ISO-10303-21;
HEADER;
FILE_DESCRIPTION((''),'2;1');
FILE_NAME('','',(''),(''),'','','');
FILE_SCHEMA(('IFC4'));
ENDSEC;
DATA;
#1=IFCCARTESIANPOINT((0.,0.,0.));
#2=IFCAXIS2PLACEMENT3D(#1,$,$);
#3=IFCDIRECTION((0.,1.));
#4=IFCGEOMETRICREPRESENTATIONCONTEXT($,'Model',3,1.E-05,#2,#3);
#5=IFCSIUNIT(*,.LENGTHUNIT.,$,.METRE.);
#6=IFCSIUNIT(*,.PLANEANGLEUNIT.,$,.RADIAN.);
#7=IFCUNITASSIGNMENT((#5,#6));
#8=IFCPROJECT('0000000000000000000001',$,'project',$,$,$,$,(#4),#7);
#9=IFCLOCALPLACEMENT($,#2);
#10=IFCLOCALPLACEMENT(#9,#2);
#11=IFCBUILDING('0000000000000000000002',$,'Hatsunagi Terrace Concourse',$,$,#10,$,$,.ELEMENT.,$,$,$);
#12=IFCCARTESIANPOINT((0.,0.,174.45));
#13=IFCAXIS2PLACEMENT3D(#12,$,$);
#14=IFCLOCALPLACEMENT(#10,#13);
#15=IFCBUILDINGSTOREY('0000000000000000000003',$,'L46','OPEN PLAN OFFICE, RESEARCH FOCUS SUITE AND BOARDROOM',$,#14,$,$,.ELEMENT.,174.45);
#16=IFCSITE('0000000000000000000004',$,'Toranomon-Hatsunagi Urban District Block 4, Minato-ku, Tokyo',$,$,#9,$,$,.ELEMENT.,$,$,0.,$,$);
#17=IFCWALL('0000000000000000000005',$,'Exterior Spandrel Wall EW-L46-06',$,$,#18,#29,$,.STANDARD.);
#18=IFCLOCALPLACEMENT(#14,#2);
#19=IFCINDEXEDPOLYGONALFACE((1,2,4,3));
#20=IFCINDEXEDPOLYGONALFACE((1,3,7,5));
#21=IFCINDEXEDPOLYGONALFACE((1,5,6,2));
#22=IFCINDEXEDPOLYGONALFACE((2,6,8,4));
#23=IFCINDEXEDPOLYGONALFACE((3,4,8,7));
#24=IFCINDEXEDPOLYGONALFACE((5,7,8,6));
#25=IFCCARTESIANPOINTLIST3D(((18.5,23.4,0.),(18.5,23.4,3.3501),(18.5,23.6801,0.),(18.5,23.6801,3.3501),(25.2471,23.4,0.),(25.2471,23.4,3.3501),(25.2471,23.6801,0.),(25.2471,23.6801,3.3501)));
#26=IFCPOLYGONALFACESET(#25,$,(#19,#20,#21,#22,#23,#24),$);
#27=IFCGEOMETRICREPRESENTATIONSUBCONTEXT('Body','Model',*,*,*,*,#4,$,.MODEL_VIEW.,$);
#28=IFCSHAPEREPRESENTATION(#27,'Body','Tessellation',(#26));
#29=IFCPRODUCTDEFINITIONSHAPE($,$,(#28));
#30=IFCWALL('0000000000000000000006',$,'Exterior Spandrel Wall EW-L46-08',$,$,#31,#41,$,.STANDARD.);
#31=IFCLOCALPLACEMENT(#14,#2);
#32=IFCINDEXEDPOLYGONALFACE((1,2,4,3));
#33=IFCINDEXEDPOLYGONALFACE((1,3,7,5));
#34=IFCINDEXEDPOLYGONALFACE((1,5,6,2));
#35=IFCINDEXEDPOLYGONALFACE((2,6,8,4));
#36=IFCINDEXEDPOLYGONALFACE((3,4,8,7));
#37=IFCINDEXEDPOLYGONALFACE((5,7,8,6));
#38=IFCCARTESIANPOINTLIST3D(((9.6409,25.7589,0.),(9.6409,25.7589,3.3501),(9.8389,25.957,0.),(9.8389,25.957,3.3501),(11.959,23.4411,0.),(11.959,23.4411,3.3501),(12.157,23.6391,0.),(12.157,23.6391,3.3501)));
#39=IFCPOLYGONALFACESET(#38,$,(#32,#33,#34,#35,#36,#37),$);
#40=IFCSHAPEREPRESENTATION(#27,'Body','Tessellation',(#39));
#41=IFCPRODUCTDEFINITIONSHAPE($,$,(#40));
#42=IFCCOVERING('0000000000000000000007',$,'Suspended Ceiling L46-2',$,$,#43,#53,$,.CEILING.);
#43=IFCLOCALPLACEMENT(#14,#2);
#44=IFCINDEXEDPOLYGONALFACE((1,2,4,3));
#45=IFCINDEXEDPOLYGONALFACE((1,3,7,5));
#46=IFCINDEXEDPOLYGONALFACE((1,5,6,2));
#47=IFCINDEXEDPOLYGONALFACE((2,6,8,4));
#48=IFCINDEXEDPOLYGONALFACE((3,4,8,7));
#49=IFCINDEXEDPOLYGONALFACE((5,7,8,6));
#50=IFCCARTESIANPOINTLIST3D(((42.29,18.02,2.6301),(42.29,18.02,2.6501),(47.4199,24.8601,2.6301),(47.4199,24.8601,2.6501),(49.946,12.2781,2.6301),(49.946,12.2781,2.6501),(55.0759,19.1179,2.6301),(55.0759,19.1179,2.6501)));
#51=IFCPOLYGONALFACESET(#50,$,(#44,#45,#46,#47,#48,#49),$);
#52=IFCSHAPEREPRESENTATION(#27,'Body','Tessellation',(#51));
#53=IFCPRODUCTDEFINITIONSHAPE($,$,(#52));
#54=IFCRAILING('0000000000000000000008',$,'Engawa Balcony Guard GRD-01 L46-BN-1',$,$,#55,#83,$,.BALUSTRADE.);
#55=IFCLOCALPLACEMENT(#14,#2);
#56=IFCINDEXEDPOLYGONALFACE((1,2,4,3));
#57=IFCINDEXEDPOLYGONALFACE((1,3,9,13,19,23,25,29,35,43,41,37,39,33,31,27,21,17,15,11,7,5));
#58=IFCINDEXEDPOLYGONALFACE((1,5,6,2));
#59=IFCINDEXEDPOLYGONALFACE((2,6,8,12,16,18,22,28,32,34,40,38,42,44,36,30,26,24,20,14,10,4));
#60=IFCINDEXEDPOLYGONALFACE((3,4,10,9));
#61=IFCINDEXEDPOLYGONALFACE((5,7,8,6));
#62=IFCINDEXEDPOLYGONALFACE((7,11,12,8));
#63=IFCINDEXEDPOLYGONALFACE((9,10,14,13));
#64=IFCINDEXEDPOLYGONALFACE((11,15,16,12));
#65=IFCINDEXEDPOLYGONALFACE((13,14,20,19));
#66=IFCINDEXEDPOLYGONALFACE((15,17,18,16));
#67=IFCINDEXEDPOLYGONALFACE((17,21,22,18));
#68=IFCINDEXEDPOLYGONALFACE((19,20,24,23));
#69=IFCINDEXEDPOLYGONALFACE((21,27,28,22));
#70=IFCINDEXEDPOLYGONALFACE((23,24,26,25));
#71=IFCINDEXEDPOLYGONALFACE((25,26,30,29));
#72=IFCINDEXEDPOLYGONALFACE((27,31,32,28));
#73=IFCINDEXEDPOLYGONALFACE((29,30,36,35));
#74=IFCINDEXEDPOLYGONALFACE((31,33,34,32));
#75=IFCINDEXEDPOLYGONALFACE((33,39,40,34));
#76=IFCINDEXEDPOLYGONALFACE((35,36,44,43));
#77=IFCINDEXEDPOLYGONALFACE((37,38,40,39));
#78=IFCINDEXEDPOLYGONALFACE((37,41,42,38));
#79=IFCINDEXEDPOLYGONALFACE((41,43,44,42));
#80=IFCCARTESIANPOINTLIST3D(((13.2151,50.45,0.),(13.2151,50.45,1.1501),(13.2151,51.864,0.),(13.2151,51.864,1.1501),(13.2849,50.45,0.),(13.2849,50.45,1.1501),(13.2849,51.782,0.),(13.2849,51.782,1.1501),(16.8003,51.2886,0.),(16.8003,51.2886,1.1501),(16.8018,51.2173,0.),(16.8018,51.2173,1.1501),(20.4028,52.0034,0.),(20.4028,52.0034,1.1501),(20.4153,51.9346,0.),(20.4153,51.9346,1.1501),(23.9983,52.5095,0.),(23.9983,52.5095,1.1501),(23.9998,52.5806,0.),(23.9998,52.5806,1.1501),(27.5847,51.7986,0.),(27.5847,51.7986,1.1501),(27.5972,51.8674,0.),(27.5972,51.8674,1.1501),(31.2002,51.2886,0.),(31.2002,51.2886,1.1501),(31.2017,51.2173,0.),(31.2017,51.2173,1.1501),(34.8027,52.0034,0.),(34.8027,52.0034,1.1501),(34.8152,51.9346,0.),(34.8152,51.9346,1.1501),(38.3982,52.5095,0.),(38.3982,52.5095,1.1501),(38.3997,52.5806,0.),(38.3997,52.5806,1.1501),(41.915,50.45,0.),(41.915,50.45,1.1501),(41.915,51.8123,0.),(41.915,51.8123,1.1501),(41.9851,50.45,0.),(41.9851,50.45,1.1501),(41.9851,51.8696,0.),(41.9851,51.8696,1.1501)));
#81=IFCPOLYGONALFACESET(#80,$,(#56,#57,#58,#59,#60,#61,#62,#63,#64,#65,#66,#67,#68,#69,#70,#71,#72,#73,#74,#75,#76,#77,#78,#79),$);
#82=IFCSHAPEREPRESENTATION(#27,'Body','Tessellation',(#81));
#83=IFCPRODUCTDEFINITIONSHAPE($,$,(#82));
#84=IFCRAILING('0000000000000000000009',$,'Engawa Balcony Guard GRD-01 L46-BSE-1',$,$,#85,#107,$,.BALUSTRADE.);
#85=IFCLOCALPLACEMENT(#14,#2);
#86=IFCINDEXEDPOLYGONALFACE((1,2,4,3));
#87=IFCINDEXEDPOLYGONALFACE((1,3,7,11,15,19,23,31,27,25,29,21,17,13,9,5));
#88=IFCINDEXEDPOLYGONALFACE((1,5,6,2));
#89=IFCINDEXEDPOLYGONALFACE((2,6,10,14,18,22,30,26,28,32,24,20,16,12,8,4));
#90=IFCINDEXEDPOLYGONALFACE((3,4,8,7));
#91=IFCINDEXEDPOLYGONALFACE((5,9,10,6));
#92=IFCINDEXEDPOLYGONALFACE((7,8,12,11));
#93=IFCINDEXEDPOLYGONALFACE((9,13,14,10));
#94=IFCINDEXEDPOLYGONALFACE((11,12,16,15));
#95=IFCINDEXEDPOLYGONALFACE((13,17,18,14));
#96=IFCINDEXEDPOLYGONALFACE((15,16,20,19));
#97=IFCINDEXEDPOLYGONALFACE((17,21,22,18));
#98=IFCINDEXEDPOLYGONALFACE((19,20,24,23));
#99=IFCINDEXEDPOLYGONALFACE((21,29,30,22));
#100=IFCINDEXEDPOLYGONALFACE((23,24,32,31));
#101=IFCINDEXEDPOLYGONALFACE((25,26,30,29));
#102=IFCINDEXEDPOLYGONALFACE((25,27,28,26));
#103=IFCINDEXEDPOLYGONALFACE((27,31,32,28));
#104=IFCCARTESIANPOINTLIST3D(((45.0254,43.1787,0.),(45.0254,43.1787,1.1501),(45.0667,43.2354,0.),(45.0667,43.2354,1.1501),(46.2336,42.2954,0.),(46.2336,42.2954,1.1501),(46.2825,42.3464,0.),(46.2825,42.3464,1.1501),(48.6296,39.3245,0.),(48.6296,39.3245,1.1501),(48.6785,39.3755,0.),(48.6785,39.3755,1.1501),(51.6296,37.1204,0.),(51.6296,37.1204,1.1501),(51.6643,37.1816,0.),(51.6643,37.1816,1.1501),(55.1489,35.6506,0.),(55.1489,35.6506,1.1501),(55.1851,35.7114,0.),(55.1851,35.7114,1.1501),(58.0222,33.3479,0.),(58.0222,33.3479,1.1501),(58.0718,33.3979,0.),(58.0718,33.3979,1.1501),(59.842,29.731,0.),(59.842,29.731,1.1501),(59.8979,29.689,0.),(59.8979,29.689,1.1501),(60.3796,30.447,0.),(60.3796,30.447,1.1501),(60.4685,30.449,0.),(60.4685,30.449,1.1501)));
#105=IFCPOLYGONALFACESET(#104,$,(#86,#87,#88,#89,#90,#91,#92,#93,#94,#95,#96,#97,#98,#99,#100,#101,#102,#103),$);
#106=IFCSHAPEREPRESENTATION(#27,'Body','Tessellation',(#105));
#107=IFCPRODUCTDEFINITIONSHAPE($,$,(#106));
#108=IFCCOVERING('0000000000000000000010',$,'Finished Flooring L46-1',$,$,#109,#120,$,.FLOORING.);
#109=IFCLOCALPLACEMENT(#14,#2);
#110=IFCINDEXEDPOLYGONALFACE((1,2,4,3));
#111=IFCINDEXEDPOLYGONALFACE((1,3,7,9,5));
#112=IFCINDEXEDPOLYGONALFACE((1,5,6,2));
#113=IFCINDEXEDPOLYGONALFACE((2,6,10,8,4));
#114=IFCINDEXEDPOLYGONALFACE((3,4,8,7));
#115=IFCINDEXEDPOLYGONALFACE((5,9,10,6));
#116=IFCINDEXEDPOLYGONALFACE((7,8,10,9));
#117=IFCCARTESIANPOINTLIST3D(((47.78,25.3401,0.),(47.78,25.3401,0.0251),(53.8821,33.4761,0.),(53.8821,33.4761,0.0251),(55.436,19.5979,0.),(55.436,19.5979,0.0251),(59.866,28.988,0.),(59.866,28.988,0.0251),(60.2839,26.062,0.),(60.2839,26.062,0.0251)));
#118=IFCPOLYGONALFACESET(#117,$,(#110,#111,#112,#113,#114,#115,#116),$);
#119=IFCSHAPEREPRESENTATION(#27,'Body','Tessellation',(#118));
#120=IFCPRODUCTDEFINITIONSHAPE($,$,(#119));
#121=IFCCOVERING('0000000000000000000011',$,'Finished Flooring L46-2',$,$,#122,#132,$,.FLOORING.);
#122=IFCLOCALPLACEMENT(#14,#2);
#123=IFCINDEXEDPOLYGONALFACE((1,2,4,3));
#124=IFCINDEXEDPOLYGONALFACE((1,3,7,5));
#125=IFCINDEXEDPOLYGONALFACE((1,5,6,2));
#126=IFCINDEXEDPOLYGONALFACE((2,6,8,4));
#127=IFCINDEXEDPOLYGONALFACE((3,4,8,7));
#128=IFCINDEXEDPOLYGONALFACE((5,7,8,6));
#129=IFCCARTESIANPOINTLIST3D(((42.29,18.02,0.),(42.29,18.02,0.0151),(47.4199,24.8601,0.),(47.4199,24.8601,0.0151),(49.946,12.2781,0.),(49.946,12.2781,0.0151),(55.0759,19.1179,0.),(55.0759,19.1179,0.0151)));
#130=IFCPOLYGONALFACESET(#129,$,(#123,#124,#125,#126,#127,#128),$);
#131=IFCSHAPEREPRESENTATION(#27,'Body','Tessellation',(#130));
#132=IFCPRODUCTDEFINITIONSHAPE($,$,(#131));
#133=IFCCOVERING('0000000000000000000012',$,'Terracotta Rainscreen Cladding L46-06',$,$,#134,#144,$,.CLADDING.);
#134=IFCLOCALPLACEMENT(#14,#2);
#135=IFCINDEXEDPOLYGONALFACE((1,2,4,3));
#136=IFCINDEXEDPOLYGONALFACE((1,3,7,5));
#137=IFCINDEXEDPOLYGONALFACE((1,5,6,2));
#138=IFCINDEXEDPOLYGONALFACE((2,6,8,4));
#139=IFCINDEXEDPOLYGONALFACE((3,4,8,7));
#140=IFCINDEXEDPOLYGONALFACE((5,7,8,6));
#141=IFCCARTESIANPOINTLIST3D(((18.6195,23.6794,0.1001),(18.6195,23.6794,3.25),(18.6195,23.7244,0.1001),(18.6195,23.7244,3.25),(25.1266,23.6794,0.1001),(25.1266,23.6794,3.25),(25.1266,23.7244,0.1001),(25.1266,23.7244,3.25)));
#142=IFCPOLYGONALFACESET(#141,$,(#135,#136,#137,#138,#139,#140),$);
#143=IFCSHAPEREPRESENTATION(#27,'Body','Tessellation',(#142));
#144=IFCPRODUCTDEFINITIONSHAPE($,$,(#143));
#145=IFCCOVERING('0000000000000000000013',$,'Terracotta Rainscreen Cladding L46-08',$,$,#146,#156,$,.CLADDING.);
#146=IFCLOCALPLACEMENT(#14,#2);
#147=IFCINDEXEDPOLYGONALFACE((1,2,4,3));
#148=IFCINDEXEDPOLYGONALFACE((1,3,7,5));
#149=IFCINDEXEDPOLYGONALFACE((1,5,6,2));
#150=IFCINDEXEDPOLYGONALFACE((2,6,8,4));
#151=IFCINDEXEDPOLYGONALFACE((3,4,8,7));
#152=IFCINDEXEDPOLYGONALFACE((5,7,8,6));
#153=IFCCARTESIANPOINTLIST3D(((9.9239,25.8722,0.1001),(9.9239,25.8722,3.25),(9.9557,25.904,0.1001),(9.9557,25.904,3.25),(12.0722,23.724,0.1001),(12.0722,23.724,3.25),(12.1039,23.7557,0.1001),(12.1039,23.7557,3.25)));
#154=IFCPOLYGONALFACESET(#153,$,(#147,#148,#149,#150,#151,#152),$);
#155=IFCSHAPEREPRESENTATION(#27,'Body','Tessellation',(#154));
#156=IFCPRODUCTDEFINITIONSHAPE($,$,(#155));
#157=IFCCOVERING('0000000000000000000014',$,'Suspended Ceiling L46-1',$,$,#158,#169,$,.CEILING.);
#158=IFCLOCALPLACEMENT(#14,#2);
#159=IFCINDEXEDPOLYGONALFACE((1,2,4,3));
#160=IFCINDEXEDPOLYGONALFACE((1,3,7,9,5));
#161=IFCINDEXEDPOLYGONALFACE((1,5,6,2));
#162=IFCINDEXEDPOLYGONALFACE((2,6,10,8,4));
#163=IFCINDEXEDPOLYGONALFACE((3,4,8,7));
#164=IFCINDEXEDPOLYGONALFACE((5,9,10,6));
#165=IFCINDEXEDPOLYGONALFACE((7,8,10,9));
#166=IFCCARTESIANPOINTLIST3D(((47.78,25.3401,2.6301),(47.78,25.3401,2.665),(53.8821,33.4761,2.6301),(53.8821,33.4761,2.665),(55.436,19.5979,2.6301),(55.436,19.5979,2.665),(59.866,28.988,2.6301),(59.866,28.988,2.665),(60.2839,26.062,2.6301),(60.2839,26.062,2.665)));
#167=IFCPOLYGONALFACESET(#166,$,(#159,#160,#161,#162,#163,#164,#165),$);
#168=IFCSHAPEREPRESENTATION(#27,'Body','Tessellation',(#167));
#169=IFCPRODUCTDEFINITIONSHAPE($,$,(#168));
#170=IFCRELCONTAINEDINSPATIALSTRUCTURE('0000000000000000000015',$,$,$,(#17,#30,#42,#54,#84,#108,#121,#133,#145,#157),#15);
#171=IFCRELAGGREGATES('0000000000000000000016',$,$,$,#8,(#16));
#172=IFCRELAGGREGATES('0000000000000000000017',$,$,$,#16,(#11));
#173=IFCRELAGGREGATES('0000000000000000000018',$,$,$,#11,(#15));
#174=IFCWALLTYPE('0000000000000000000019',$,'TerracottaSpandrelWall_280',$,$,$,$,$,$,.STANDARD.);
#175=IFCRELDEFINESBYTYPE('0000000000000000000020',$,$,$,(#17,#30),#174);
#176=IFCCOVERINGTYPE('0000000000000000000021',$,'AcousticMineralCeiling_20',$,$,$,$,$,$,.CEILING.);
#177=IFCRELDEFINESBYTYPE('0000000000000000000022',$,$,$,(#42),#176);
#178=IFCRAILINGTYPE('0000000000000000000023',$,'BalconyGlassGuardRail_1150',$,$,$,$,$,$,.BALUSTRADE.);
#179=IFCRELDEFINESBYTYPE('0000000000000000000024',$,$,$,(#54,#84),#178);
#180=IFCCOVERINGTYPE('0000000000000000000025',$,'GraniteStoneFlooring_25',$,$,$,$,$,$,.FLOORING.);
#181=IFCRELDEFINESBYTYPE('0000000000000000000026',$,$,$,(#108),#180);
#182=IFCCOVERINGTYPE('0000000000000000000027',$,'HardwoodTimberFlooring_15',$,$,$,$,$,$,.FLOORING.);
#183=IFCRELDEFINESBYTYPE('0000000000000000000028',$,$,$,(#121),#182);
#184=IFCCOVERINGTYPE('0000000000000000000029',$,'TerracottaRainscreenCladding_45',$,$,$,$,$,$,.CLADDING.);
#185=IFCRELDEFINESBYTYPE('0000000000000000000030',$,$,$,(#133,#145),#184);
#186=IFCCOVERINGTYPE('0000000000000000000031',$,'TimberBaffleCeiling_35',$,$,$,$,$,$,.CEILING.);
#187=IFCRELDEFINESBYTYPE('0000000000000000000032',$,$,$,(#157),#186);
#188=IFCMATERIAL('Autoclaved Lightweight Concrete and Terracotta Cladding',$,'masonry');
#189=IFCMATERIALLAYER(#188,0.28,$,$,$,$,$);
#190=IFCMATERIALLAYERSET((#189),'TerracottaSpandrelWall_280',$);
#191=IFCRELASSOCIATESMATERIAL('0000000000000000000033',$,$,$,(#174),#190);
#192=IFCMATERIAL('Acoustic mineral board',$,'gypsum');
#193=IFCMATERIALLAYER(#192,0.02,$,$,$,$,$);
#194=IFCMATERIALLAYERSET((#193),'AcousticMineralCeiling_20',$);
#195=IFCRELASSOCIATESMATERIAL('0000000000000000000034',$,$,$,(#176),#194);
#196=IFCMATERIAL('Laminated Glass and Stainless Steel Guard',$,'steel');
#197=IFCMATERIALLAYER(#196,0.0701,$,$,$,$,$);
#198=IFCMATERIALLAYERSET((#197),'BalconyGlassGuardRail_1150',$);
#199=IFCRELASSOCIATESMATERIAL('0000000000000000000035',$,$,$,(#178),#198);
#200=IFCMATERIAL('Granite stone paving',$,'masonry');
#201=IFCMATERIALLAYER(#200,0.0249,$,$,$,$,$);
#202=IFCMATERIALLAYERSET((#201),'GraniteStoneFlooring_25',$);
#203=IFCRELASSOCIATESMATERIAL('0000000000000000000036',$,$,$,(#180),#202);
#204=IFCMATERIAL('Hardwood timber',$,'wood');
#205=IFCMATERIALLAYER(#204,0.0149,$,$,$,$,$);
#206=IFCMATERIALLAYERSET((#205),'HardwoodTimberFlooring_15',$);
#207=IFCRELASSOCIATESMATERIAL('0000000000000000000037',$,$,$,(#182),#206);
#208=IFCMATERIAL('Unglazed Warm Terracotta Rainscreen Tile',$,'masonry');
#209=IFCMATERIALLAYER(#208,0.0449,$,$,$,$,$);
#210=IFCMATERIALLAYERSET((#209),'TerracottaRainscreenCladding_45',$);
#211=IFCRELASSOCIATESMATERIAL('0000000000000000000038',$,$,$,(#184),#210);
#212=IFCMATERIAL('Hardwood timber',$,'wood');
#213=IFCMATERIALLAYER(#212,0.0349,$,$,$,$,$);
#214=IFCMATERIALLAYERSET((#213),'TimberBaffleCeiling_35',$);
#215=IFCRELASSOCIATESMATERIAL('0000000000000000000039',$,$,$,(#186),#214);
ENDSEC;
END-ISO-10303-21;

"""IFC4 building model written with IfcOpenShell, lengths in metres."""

from ifc_helpers import new_model, si_unit, direction, frame, frame_2d, origin, origin_2d, place, context, subcontext, project, spatial, polyline, rectangle, outline, extrude, material, layer, layer_set, type_object, element, save


model = new_model("IFC4")

# Units and contexts
model_context = context("Model", 3, precision=1e-05, world=origin(), true_north=direction((0.0, 1.0)))
body_context = subcontext(model_context, "Body", "Model", "MODEL_VIEW")
ifc_project = project(units=[si_unit("LENGTHUNIT", "METRE"), si_unit("PLANEANGLEUNIT", "RADIAN")], contexts=[model_context])

# Site, building, storey
site_placement = place(None, origin())
site = spatial("IfcSite", under=ifc_project, at=site_placement, Name="Toranomon-Hatsunagi Urban District Block 4, Minato-ku, Tokyo", CompositionType="ELEMENT", RefElevation=0.0)
building_placement = place(site_placement, origin())
building = spatial("IfcBuilding", under=site, at=building_placement, Name="Hatsunagi Terrace Concourse", CompositionType="ELEMENT")
storey_placement = place(building_placement, frame((0.0, 0.0, 174.45)))
storey = spatial("IfcBuildingStorey", under=building, at=storey_placement, Name="L46", Description="OPEN PLAN OFFICE, RESEARCH FOCUS SUITE AND BOARDROOM", CompositionType="ELEMENT", Elevation=174.45)

# Walls
ifc_material_1 = material(Name="Autoclaved Lightweight Concrete and Terracotta Cladding", Category="masonry")
ifc_layer_1 = layer(ifc_material_1, 0.28)
ifc_layer_set_1 = layer_set([ifc_layer_1], Name="TerracottaSpandrelWall_280")
wall_type_1 = type_object("IfcWallType", Name="TerracottaSpandrelWall_280", PredefinedType="STANDARD", material=ifc_layer_set_1)
wall_1_placement = place(storey_placement, frame((25.2471, 23.54, 0.0), z_axis=(0.0, 0.0, 1.0), x_axis=(-1.0, 0.0, 0.0)))
element("IfcWall", 1, at=wall_1_placement, inside=storey, type_object=wall_type_1, Name="Exterior Spandrel Wall EW-L46-06", PredefinedType="STANDARD", context=body_context, shape_type="SweptSolid", body=[
    extrude(rectangle(XDim=6.7471, YDim=0.28, at=frame_2d((3.3735, 0.0))), origin(), (0.0, 0.0, 1.0), 3.3501),
])
wall_2_placement = place(storey_placement, frame((12.0581, 23.54, 0.0), z_axis=(0.0, 0.0, 1.0), x_axis=(-0.707144, 0.70707, 0.0)))
element("IfcWall", 2, at=wall_2_placement, inside=storey, type_object=wall_type_1, Name="Exterior Spandrel Wall EW-L46-08", PredefinedType="STANDARD", context=body_context, shape_type="SweptSolid", body=[
    extrude(rectangle(XDim=3.2781, YDim=0.28, at=frame_2d((1.6392, 0.0))), origin(), (0.0, 0.0, 1.0), 3.3501),
])

# Covering
ifc_material_2 = material(Name="Acoustic mineral board", Category="gypsum")
ifc_layer_2 = layer(ifc_material_2, 0.02)
ifc_layer_set_2 = layer_set([ifc_layer_2], Name="AcousticMineralCeiling_20")
covering_type_1 = type_object("IfcCoveringType", Name="AcousticMineralCeiling_20", PredefinedType="CEILING", material=ifc_layer_set_2)
covering_1_placement = place(storey_placement, frame((0.0, 0.0, 2.6301)))
element("IfcCovering", 3, at=covering_1_placement, inside=storey, type_object=covering_type_1, Name="Suspended Ceiling L46-2", PredefinedType="CEILING", context=body_context, shape_type="SweptSolid", body=[
    extrude(outline(polyline([(55.0759, 19.1179), (47.4199, 24.8601), (42.29, 18.02), (49.946, 12.2781), (55.0759, 19.1179)])), origin(), (0.0, 0.0, 1.0), 0.02),
])

# Railings
ifc_material_3 = material(Name="Laminated Glass and Stainless Steel Guard", Category="steel")
ifc_layer_3 = layer(ifc_material_3, 0.0701)
ifc_layer_set_3 = layer_set([ifc_layer_3], Name="BalconyGlassGuardRail_1150")
railing_type = type_object("IfcRailingType", Name="BalconyGlassGuardRail_1150", PredefinedType="BALUSTRADE", material=ifc_layer_set_3)
railing_1_placement = place(storey_placement, origin())
element("IfcRailing", 4, at=railing_1_placement, inside=storey, type_object=railing_type, Name="Engawa Balcony Guard GRD-01 L46-BN-1", PredefinedType="BALUSTRADE", context=body_context, shape_type="SweptSolid", body=[
    extrude(outline(polyline([(13.2151, 50.45), (13.2849, 50.45), (13.2849, 51.782), (16.8018, 51.2173), (20.4153, 51.9346), (23.9983, 52.5095), (27.5847, 51.7986), (31.2017, 51.2173), (34.8152, 51.9346), (38.3982, 52.5095), (41.915, 51.8123), (41.915, 50.45), (41.9851, 50.45), (41.9851, 51.8696), (38.3997, 52.5806), (34.8027, 52.0034), (31.2002, 51.2886), (27.5972, 51.8674), (23.9998, 52.5806), (20.4028, 52.0034), (16.8003, 51.2886), (13.2151, 51.864), (13.2151, 50.45)])), origin(), (0.0, 0.0, 1.0), 1.1501),
])
railing_2_placement = place(storey_placement, origin())
element("IfcRailing", 5, at=railing_2_placement, inside=storey, type_object=railing_type, Name="Engawa Balcony Guard GRD-01 L46-BSE-1", PredefinedType="BALUSTRADE", context=body_context, shape_type="SweptSolid", body=[
    extrude(outline(polyline([(45.0667, 43.2354), (45.0254, 43.1787), (46.2336, 42.2954), (48.6296, 39.3245), (51.6296, 37.1204), (55.1489, 35.6506), (58.0222, 33.3479), (60.3796, 30.447), (59.842, 29.731), (59.8979, 29.689), (60.4685, 30.449), (58.0718, 33.3979), (55.1851, 35.7114), (51.6643, 37.1816), (48.6785, 39.3755), (46.2825, 42.3464), (45.0667, 43.2354)])), origin(), (0.0, 0.0, 1.0), 1.1501),
])

# Coverings
ifc_material_4 = material(Name="Granite stone paving", Category="masonry")
ifc_layer_4 = layer(ifc_material_4, 0.0249)
ifc_layer_set_4 = layer_set([ifc_layer_4], Name="GraniteStoneFlooring_25")
covering_type_2 = type_object("IfcCoveringType", Name="GraniteStoneFlooring_25", PredefinedType="FLOORING", material=ifc_layer_set_4)
covering_2_placement = place(storey_placement, origin())
element("IfcCovering", 6, at=covering_2_placement, inside=storey, type_object=covering_type_2, Name="Finished Flooring L46-1", PredefinedType="FLOORING", context=body_context, shape_type="SweptSolid", body=[
    extrude(outline(polyline([(59.866, 28.988), (53.8821, 33.4761), (47.78, 25.3401), (55.436, 19.5979), (60.2839, 26.062), (59.866, 28.988)])), origin(), (0.0, 0.0, 1.0), 0.0251),
])
ifc_material_5 = material(Name="Hardwood timber", Category="wood")
ifc_layer_5 = layer(ifc_material_5, 0.0149)
ifc_layer_set_5 = layer_set([ifc_layer_5], Name="HardwoodTimberFlooring_15")
covering_type_3 = type_object("IfcCoveringType", Name="HardwoodTimberFlooring_15", PredefinedType="FLOORING", material=ifc_layer_set_5)
covering_3_placement = place(storey_placement, origin())
element("IfcCovering", 7, at=covering_3_placement, inside=storey, type_object=covering_type_3, Name="Finished Flooring L46-2", PredefinedType="FLOORING", context=body_context, shape_type="SweptSolid", body=[
    extrude(outline(polyline([(55.0759, 19.1179), (47.4199, 24.8601), (42.29, 18.02), (49.946, 12.2781), (55.0759, 19.1179)])), origin(), (0.0, 0.0, 1.0), 0.0151),
])
ifc_material_6 = material(Name="Unglazed Warm Terracotta Rainscreen Tile", Category="masonry")
ifc_layer_6 = layer(ifc_material_6, 0.0449)
ifc_layer_set_6 = layer_set([ifc_layer_6], Name="TerracottaRainscreenCladding_45")
covering_type_4 = type_object("IfcCoveringType", Name="TerracottaRainscreenCladding_45", PredefinedType="CLADDING", material=ifc_layer_set_6)
covering_4_placement = place(storey_placement, frame((21.873, 23.7019, 0.1001), z_axis=(0.0, 0.0, 1.0), x_axis=(-1.0, 0.0, 0.0)))
element("IfcCovering", 8, at=covering_4_placement, inside=storey, type_object=covering_type_4, Name="Terracotta Rainscreen Cladding L46-06", PredefinedType="CLADDING", context=body_context, shape_type="SweptSolid", body=[
    extrude(rectangle(XDim=6.5071, YDim=0.0449, at=origin_2d()), origin(), (0.0, 0.0, 1.0), 3.1499),
])
covering_5_placement = place(storey_placement, frame((11.0139, 24.814, 0.1001), z_axis=(0.0, 0.0, 1.0), x_axis=(-0.707107, 0.707107, 0.0)))
element("IfcCovering", 9, at=covering_5_placement, inside=storey, type_object=covering_type_4, Name="Terracotta Rainscreen Cladding L46-08", PredefinedType="CLADDING", context=body_context, shape_type="SweptSolid", body=[
    extrude(rectangle(XDim=3.0381, YDim=0.0449, at=origin_2d()), origin(), (0.0, 0.0, 1.0), 3.1499),
])
ifc_material_7 = material(Name="Hardwood timber", Category="wood")
ifc_layer_7 = layer(ifc_material_7, 0.0349)
ifc_layer_set_7 = layer_set([ifc_layer_7], Name="TimberBaffleCeiling_35")
covering_type_5 = type_object("IfcCoveringType", Name="TimberBaffleCeiling_35", PredefinedType="CEILING", material=ifc_layer_set_7)
covering_6_placement = place(storey_placement, frame((0.0, 0.0, 2.6301)))
element("IfcCovering", 10, at=covering_6_placement, inside=storey, type_object=covering_type_5, Name="Suspended Ceiling L46-1", PredefinedType="CEILING", context=body_context, shape_type="SweptSolid", body=[
    extrude(outline(polyline([(59.866, 28.988), (53.8821, 33.4761), (47.78, 25.3401), (55.436, 19.5979), (60.2839, 26.062), (59.866, 28.988)])), origin(), (0.0, 0.0, 1.0), 0.0349),
])

save(model, "model.ifc")
